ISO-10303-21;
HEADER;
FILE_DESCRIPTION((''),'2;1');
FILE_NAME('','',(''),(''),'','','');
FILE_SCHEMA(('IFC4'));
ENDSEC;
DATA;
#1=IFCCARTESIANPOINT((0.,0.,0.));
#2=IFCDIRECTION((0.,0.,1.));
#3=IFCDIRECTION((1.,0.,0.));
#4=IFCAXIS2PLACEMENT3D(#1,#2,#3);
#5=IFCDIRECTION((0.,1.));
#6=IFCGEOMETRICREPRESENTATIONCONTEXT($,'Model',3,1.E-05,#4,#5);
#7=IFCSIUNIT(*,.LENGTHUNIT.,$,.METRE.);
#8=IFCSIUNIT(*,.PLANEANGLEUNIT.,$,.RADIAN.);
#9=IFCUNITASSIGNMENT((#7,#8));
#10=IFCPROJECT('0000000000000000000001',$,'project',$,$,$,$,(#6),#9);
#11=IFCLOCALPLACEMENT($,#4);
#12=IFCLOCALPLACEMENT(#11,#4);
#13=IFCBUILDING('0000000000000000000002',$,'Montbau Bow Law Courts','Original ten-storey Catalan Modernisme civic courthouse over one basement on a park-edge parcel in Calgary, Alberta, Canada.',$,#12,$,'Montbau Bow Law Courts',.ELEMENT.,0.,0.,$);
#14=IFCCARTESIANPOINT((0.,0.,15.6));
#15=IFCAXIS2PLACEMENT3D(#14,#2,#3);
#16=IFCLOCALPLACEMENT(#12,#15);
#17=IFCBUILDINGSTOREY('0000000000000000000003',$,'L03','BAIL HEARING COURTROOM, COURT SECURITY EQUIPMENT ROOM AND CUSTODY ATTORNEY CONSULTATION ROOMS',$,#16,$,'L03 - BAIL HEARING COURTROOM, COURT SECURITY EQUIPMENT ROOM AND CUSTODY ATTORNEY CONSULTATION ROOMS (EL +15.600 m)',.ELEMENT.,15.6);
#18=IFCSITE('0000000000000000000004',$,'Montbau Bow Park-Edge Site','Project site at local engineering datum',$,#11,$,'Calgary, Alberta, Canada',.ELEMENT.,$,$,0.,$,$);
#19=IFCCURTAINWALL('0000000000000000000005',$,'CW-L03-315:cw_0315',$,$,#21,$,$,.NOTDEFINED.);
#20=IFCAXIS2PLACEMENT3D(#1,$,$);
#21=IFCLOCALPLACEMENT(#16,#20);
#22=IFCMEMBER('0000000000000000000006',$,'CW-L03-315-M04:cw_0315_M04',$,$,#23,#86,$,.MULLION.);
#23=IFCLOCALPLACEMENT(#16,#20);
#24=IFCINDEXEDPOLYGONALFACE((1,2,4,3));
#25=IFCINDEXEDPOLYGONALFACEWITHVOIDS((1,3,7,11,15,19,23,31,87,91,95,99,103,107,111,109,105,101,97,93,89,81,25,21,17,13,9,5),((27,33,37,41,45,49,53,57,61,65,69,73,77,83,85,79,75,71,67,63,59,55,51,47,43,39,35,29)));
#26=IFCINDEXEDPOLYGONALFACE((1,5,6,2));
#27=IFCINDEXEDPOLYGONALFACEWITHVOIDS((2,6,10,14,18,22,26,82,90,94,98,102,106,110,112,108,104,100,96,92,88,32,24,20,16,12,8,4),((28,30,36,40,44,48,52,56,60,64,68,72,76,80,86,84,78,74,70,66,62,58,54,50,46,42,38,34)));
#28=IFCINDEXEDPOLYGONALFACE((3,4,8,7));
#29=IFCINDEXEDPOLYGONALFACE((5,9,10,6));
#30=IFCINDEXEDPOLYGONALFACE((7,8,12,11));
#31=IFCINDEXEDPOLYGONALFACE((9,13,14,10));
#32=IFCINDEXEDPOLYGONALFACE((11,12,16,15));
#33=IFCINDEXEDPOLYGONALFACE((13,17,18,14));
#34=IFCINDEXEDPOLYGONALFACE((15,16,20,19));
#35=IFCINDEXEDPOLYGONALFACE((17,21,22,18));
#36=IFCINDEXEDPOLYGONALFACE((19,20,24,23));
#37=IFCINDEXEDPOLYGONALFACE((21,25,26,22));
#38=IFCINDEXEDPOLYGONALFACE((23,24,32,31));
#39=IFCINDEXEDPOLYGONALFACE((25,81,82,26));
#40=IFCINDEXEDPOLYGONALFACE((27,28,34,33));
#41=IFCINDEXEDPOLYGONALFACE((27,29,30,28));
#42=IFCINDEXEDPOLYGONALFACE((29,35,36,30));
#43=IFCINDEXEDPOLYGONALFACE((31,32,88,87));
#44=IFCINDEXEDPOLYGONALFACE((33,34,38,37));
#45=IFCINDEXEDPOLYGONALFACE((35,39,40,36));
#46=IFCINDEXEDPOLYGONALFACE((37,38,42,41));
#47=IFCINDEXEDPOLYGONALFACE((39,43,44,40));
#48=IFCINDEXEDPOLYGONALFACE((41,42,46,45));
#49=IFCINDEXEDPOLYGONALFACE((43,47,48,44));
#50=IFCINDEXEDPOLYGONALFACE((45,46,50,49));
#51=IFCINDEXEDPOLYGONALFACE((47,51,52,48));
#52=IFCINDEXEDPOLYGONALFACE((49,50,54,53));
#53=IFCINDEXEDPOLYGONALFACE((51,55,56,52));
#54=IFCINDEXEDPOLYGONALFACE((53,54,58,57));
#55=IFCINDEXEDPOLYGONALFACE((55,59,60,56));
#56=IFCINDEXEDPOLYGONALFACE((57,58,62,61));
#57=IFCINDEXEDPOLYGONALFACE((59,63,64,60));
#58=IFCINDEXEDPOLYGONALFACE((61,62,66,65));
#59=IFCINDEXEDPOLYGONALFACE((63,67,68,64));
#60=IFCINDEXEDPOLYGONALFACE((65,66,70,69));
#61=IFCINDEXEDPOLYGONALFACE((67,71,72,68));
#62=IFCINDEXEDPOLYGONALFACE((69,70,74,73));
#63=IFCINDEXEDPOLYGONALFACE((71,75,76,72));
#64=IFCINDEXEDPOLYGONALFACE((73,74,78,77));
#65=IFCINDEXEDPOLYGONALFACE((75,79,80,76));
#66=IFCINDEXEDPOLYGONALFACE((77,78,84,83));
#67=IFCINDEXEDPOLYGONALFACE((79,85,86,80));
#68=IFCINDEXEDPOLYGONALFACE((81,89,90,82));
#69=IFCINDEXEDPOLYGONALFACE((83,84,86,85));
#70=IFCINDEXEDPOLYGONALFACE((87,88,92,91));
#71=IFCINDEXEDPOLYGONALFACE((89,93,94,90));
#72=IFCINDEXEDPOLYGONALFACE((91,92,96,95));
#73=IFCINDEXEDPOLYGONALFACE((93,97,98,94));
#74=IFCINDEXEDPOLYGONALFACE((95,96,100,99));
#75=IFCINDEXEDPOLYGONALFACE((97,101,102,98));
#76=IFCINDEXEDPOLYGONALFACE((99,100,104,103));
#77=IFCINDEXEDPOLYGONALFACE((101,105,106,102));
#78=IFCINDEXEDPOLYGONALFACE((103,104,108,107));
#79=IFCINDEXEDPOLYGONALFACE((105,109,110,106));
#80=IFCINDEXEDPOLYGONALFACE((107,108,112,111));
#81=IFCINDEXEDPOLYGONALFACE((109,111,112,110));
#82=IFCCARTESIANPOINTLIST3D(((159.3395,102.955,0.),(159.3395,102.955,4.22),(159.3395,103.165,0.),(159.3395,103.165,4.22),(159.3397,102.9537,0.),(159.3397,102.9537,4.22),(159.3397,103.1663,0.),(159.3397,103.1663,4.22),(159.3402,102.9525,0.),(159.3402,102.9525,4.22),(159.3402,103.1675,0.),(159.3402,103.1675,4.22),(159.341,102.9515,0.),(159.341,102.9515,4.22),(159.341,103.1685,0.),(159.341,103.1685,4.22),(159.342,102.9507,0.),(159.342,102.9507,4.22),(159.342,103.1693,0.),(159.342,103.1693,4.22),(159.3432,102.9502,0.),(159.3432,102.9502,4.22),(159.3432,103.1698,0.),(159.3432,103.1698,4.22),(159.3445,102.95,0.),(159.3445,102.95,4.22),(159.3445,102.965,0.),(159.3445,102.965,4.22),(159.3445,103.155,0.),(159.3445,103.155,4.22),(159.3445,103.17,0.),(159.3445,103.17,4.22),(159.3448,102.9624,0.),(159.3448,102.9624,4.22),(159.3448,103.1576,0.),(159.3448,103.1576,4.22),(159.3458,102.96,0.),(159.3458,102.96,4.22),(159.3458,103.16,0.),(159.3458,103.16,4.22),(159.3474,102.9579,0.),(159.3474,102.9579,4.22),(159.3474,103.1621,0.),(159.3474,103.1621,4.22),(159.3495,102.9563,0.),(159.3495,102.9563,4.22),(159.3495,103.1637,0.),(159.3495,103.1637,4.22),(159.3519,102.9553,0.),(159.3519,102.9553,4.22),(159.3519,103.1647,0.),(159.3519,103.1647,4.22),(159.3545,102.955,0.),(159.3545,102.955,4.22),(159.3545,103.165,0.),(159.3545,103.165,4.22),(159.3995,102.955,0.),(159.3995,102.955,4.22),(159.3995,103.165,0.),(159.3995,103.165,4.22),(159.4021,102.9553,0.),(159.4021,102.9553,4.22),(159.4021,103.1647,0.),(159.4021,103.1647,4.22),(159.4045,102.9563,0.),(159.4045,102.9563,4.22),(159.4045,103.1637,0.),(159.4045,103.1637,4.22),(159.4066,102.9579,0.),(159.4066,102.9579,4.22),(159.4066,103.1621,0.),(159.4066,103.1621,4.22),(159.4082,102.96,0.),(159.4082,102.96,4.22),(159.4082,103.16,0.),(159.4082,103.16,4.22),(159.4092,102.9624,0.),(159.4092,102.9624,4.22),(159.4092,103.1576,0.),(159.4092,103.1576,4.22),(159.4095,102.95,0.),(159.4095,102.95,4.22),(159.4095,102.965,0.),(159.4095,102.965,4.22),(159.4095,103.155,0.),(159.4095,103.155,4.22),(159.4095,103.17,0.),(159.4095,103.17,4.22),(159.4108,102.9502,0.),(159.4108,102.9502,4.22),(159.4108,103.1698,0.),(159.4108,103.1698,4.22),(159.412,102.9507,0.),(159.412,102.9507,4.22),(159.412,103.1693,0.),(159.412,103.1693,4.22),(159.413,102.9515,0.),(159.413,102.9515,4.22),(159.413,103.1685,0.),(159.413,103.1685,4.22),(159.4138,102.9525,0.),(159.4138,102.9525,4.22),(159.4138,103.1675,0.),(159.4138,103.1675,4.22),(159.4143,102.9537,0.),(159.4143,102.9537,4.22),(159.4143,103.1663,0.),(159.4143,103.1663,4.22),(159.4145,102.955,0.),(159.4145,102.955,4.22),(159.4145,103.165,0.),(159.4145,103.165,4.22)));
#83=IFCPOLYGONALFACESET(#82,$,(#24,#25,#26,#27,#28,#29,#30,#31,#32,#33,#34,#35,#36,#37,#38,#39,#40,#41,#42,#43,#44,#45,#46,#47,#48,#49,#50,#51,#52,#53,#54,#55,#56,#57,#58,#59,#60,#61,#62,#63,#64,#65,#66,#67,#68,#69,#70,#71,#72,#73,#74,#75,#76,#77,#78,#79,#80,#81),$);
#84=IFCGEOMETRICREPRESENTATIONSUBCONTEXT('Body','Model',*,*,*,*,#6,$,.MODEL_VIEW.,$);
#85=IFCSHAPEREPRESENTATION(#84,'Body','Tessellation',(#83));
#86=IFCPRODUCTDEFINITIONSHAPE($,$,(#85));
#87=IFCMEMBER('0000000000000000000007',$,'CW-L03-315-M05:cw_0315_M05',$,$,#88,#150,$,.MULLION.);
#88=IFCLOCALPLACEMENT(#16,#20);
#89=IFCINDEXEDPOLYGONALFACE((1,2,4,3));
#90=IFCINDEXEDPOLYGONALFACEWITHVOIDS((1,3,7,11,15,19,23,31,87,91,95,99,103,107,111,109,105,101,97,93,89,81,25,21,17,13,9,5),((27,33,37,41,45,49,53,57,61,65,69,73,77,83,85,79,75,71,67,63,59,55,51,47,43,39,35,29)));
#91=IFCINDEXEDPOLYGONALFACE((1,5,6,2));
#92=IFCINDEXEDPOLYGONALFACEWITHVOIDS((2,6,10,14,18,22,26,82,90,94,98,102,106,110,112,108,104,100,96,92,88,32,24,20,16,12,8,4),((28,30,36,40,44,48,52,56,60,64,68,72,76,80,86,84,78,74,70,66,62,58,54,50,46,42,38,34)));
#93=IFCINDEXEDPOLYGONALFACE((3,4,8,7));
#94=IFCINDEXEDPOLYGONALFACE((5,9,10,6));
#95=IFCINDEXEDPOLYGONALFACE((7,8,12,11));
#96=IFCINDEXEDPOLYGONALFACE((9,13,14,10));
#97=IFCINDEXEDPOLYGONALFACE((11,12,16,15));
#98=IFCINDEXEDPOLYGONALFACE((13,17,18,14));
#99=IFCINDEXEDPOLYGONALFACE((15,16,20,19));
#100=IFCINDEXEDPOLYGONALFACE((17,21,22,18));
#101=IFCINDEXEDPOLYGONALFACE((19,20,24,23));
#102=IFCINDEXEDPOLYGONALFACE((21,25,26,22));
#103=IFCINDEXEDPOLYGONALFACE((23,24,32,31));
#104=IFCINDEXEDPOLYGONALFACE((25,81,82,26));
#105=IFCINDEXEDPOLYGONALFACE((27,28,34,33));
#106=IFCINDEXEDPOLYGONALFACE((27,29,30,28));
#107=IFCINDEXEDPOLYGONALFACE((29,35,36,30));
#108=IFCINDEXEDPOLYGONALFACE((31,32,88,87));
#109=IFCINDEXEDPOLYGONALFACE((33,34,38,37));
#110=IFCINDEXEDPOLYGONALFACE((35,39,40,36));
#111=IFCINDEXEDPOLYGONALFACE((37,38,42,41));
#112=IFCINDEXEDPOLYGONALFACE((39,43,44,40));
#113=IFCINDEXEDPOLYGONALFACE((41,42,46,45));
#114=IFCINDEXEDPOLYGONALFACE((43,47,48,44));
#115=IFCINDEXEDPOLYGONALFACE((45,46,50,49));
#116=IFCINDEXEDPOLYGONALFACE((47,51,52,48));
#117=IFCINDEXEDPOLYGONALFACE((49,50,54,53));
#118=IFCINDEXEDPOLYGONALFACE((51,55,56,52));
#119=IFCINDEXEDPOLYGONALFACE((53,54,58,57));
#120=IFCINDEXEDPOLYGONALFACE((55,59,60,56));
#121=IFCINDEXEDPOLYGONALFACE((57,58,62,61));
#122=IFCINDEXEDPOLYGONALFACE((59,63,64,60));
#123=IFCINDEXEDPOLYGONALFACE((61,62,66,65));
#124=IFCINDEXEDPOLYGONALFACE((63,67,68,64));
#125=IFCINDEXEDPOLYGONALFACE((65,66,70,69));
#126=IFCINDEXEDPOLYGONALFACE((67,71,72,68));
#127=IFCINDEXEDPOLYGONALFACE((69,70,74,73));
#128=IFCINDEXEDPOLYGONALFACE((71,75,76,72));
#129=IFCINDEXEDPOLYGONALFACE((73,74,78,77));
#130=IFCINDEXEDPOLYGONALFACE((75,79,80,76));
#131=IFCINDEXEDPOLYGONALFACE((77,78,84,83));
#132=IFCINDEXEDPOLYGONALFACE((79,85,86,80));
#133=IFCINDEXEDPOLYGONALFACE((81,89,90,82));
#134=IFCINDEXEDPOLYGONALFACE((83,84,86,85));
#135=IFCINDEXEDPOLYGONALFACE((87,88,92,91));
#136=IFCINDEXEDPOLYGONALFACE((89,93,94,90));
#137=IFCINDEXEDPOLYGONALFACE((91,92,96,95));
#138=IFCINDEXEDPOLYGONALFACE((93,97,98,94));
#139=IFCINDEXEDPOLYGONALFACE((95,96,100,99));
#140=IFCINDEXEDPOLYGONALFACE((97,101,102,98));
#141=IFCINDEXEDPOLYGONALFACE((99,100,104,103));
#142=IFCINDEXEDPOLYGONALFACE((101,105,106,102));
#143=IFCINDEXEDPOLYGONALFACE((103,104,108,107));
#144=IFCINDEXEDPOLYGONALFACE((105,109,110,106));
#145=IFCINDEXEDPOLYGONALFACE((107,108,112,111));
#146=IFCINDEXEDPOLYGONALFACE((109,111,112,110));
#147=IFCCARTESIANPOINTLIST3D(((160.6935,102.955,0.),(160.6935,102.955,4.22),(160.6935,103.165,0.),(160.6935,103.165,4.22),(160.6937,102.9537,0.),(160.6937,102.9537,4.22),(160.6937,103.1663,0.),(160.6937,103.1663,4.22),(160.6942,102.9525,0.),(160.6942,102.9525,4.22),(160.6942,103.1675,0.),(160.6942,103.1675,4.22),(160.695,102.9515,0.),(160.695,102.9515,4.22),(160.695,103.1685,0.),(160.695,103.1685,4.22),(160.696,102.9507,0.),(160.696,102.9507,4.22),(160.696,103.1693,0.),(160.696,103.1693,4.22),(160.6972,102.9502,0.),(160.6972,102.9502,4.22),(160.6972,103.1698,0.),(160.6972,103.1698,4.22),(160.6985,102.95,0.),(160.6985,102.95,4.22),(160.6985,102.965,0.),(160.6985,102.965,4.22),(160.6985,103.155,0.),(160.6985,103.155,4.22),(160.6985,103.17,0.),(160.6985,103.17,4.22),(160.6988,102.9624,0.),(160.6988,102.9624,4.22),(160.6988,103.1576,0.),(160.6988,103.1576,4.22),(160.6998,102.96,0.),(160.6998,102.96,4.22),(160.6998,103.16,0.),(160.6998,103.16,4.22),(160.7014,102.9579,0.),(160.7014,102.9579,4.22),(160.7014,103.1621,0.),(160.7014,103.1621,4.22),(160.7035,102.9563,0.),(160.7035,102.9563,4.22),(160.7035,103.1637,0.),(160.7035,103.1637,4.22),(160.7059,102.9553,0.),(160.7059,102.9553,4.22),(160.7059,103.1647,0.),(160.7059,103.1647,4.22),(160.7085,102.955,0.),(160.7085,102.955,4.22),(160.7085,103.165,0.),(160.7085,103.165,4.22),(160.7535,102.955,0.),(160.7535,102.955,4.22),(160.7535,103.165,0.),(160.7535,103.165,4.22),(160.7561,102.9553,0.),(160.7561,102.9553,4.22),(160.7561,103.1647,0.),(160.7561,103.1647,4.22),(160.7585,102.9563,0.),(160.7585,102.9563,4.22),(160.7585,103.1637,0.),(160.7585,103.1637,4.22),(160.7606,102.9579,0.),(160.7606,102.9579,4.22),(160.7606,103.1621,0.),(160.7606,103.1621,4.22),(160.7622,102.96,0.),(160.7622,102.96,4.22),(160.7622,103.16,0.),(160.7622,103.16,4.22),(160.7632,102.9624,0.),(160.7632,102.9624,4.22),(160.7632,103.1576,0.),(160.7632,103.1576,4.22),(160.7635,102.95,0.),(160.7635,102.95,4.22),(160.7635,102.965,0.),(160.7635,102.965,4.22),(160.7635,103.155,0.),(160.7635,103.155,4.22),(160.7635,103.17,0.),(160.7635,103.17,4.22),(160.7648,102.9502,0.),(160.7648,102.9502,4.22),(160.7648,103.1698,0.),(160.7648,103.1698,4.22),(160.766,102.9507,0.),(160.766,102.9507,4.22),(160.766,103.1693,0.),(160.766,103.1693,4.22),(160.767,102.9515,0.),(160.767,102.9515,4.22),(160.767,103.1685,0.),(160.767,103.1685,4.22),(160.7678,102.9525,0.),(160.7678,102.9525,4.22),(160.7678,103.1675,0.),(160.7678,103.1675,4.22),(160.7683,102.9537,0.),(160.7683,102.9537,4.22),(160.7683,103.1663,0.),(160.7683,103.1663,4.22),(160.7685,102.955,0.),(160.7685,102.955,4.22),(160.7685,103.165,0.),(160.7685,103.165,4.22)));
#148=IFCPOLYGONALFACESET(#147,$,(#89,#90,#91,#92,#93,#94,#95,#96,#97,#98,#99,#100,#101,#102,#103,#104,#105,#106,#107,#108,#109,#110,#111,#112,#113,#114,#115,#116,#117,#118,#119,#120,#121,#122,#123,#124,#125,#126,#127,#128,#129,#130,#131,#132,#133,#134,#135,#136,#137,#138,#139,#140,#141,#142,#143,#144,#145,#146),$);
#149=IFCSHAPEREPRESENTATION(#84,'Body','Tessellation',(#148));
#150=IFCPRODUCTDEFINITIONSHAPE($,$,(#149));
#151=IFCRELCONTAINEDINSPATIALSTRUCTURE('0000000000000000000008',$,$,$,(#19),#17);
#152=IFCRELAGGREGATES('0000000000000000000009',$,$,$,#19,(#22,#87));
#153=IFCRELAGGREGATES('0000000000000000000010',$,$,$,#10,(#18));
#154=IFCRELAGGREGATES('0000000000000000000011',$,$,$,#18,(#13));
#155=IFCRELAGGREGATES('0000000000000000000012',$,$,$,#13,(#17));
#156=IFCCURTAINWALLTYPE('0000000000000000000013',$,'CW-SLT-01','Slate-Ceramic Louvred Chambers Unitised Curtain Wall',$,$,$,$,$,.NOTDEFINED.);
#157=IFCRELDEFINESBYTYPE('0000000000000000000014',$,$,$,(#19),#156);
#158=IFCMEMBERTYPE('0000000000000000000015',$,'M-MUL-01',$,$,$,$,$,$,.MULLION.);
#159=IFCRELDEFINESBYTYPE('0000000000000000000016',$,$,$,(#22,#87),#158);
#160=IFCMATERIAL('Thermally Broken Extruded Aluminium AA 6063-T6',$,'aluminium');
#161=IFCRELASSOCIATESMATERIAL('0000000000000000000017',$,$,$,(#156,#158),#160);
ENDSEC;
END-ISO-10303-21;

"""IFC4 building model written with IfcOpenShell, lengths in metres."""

from ifc_helpers import new_model, si_unit, direction, frame, origin_with_axes, origin_2d_with_axis, place, context, subcontext, project, spatial, hollow_rectangle, extrude, material, material_profile, profile_set, type_object, element, aggregate, save


model = new_model("IFC4")

# Units and contexts
model_context = context("Model", 3, precision=1e-05, world=origin_with_axes(), true_north=direction((0.0, 1.0)))
body_context = subcontext(model_context, "Body", "Model", "MODEL_VIEW")
ifc_project = project(units=[si_unit("LENGTHUNIT", "METRE"), si_unit("PLANEANGLEUNIT", "RADIAN")], contexts=[model_context])

# Site, building, storey
site_placement = place(None, origin_with_axes())
site = spatial("IfcSite", under=ifc_project, at=site_placement, Name="Montbau Bow Park-Edge Site", Description="Project site at local engineering datum", LongName="Calgary, Alberta, Canada", CompositionType="ELEMENT", RefElevation=0.0)
building_placement = place(site_placement, origin_with_axes())
building = spatial("IfcBuilding", under=site, at=building_placement, Name="Montbau Bow Law Courts", Description="Original ten-storey Catalan Modernisme civic courthouse over one basement on a park-edge parcel in Calgary, Alberta, Canada.", LongName="Montbau Bow Law Courts", CompositionType="ELEMENT", ElevationOfRefHeight=0.0, ElevationOfTerrain=0.0)
storey_placement = place(building_placement, frame((0.0, 0.0, 15.6), z_axis=(0.0, 0.0, 1.0), x_axis=(1.0, 0.0, 0.0)))
storey = spatial("IfcBuildingStorey", under=building, at=storey_placement, Name="L03", Description="BAIL HEARING COURTROOM, COURT SECURITY EQUIPMENT ROOM AND CUSTODY ATTORNEY CONSULTATION ROOMS", LongName="L03 - BAIL HEARING COURTROOM, COURT SECURITY EQUIPMENT ROOM AND CUSTODY ATTORNEY CONSULTATION ROOMS (EL +15.600 m)", CompositionType="ELEMENT", Elevation=15.6)

# Curtain wall, members
ifc_material_1 = material(Name="Thermally Broken Extruded Aluminium AA 6063-T6", Category="aluminium")
curtain_wall_type = type_object("IfcCurtainWallType", Name="CW-SLT-01", Description="Slate-Ceramic Louvred Chambers Unitised Curtain Wall", PredefinedType="NOTDEFINED", material=ifc_material_1)
curtain_wall_placement = place(None, frame((155.315, 103.06, 15.6), z_axis=(0.0, 0.0, 1.0), x_axis=(1.0, 0.0, 0.0)))
curtain_wall = element("IfcCurtainWall", 1, at=curtain_wall_placement, inside=storey, type_object=curtain_wall_type, Name="CW-L03-315:cw_0315", PredefinedType="NOTDEFINED")
ifc_material_profile_1 = material_profile(ifc_material_1, hollow_rectangle(XDim=0.075, YDim=0.22, WallThickness=0.005, InnerFilletRadius=0.01, OuterFilletRadius=0.005, at=origin_2d_with_axis()), Name="CWM-220X75", Category="Main", Priority=0)
ifc_profile_set_1 = profile_set([ifc_material_profile_1], Name="Thermally Broken Extruded Aluminium AA 6063-T6")
member_type_1 = type_object("IfcMemberType", Name="M-MUL-01", PredefinedType="MULLION", material=ifc_profile_set_1)
member_1_placement = place(None, frame((159.377, 103.06, 15.6), z_axis=(0.0, 0.0, 1.0), x_axis=(1.0, 0.0, 0.0)))
member_1 = element("IfcMember", 2, at=member_1_placement, type_object=member_type_1, Name="CW-L03-315-M04:cw_0315_M04", PredefinedType="MULLION", context=body_context, shape_type="SweptSolid", body=[
    extrude(hollow_rectangle(XDim=0.075, YDim=0.22, WallThickness=0.005, InnerFilletRadius=0.01, OuterFilletRadius=0.005, at=origin_2d_with_axis()), origin_with_axes(), (0.0, 0.0, 1.0), 4.22),
])
member_2_placement = place(None, frame((160.731, 103.06, 15.6), z_axis=(0.0, 0.0, 1.0), x_axis=(1.0, 0.0, 0.0)))
member_2 = element("IfcMember", 3, at=member_2_placement, type_object=member_type_1, Name="CW-L03-315-M05:cw_0315_M05", PredefinedType="MULLION", context=body_context, shape_type="SweptSolid", body=[
    extrude(hollow_rectangle(XDim=0.075, YDim=0.22, WallThickness=0.005, InnerFilletRadius=0.01, OuterFilletRadius=0.005, at=origin_2d_with_axis()), origin_with_axes(), (0.0, 0.0, 1.0), 4.22),
])
aggregate(curtain_wall, [member_1, member_2])

save(model, "model.ifc")
